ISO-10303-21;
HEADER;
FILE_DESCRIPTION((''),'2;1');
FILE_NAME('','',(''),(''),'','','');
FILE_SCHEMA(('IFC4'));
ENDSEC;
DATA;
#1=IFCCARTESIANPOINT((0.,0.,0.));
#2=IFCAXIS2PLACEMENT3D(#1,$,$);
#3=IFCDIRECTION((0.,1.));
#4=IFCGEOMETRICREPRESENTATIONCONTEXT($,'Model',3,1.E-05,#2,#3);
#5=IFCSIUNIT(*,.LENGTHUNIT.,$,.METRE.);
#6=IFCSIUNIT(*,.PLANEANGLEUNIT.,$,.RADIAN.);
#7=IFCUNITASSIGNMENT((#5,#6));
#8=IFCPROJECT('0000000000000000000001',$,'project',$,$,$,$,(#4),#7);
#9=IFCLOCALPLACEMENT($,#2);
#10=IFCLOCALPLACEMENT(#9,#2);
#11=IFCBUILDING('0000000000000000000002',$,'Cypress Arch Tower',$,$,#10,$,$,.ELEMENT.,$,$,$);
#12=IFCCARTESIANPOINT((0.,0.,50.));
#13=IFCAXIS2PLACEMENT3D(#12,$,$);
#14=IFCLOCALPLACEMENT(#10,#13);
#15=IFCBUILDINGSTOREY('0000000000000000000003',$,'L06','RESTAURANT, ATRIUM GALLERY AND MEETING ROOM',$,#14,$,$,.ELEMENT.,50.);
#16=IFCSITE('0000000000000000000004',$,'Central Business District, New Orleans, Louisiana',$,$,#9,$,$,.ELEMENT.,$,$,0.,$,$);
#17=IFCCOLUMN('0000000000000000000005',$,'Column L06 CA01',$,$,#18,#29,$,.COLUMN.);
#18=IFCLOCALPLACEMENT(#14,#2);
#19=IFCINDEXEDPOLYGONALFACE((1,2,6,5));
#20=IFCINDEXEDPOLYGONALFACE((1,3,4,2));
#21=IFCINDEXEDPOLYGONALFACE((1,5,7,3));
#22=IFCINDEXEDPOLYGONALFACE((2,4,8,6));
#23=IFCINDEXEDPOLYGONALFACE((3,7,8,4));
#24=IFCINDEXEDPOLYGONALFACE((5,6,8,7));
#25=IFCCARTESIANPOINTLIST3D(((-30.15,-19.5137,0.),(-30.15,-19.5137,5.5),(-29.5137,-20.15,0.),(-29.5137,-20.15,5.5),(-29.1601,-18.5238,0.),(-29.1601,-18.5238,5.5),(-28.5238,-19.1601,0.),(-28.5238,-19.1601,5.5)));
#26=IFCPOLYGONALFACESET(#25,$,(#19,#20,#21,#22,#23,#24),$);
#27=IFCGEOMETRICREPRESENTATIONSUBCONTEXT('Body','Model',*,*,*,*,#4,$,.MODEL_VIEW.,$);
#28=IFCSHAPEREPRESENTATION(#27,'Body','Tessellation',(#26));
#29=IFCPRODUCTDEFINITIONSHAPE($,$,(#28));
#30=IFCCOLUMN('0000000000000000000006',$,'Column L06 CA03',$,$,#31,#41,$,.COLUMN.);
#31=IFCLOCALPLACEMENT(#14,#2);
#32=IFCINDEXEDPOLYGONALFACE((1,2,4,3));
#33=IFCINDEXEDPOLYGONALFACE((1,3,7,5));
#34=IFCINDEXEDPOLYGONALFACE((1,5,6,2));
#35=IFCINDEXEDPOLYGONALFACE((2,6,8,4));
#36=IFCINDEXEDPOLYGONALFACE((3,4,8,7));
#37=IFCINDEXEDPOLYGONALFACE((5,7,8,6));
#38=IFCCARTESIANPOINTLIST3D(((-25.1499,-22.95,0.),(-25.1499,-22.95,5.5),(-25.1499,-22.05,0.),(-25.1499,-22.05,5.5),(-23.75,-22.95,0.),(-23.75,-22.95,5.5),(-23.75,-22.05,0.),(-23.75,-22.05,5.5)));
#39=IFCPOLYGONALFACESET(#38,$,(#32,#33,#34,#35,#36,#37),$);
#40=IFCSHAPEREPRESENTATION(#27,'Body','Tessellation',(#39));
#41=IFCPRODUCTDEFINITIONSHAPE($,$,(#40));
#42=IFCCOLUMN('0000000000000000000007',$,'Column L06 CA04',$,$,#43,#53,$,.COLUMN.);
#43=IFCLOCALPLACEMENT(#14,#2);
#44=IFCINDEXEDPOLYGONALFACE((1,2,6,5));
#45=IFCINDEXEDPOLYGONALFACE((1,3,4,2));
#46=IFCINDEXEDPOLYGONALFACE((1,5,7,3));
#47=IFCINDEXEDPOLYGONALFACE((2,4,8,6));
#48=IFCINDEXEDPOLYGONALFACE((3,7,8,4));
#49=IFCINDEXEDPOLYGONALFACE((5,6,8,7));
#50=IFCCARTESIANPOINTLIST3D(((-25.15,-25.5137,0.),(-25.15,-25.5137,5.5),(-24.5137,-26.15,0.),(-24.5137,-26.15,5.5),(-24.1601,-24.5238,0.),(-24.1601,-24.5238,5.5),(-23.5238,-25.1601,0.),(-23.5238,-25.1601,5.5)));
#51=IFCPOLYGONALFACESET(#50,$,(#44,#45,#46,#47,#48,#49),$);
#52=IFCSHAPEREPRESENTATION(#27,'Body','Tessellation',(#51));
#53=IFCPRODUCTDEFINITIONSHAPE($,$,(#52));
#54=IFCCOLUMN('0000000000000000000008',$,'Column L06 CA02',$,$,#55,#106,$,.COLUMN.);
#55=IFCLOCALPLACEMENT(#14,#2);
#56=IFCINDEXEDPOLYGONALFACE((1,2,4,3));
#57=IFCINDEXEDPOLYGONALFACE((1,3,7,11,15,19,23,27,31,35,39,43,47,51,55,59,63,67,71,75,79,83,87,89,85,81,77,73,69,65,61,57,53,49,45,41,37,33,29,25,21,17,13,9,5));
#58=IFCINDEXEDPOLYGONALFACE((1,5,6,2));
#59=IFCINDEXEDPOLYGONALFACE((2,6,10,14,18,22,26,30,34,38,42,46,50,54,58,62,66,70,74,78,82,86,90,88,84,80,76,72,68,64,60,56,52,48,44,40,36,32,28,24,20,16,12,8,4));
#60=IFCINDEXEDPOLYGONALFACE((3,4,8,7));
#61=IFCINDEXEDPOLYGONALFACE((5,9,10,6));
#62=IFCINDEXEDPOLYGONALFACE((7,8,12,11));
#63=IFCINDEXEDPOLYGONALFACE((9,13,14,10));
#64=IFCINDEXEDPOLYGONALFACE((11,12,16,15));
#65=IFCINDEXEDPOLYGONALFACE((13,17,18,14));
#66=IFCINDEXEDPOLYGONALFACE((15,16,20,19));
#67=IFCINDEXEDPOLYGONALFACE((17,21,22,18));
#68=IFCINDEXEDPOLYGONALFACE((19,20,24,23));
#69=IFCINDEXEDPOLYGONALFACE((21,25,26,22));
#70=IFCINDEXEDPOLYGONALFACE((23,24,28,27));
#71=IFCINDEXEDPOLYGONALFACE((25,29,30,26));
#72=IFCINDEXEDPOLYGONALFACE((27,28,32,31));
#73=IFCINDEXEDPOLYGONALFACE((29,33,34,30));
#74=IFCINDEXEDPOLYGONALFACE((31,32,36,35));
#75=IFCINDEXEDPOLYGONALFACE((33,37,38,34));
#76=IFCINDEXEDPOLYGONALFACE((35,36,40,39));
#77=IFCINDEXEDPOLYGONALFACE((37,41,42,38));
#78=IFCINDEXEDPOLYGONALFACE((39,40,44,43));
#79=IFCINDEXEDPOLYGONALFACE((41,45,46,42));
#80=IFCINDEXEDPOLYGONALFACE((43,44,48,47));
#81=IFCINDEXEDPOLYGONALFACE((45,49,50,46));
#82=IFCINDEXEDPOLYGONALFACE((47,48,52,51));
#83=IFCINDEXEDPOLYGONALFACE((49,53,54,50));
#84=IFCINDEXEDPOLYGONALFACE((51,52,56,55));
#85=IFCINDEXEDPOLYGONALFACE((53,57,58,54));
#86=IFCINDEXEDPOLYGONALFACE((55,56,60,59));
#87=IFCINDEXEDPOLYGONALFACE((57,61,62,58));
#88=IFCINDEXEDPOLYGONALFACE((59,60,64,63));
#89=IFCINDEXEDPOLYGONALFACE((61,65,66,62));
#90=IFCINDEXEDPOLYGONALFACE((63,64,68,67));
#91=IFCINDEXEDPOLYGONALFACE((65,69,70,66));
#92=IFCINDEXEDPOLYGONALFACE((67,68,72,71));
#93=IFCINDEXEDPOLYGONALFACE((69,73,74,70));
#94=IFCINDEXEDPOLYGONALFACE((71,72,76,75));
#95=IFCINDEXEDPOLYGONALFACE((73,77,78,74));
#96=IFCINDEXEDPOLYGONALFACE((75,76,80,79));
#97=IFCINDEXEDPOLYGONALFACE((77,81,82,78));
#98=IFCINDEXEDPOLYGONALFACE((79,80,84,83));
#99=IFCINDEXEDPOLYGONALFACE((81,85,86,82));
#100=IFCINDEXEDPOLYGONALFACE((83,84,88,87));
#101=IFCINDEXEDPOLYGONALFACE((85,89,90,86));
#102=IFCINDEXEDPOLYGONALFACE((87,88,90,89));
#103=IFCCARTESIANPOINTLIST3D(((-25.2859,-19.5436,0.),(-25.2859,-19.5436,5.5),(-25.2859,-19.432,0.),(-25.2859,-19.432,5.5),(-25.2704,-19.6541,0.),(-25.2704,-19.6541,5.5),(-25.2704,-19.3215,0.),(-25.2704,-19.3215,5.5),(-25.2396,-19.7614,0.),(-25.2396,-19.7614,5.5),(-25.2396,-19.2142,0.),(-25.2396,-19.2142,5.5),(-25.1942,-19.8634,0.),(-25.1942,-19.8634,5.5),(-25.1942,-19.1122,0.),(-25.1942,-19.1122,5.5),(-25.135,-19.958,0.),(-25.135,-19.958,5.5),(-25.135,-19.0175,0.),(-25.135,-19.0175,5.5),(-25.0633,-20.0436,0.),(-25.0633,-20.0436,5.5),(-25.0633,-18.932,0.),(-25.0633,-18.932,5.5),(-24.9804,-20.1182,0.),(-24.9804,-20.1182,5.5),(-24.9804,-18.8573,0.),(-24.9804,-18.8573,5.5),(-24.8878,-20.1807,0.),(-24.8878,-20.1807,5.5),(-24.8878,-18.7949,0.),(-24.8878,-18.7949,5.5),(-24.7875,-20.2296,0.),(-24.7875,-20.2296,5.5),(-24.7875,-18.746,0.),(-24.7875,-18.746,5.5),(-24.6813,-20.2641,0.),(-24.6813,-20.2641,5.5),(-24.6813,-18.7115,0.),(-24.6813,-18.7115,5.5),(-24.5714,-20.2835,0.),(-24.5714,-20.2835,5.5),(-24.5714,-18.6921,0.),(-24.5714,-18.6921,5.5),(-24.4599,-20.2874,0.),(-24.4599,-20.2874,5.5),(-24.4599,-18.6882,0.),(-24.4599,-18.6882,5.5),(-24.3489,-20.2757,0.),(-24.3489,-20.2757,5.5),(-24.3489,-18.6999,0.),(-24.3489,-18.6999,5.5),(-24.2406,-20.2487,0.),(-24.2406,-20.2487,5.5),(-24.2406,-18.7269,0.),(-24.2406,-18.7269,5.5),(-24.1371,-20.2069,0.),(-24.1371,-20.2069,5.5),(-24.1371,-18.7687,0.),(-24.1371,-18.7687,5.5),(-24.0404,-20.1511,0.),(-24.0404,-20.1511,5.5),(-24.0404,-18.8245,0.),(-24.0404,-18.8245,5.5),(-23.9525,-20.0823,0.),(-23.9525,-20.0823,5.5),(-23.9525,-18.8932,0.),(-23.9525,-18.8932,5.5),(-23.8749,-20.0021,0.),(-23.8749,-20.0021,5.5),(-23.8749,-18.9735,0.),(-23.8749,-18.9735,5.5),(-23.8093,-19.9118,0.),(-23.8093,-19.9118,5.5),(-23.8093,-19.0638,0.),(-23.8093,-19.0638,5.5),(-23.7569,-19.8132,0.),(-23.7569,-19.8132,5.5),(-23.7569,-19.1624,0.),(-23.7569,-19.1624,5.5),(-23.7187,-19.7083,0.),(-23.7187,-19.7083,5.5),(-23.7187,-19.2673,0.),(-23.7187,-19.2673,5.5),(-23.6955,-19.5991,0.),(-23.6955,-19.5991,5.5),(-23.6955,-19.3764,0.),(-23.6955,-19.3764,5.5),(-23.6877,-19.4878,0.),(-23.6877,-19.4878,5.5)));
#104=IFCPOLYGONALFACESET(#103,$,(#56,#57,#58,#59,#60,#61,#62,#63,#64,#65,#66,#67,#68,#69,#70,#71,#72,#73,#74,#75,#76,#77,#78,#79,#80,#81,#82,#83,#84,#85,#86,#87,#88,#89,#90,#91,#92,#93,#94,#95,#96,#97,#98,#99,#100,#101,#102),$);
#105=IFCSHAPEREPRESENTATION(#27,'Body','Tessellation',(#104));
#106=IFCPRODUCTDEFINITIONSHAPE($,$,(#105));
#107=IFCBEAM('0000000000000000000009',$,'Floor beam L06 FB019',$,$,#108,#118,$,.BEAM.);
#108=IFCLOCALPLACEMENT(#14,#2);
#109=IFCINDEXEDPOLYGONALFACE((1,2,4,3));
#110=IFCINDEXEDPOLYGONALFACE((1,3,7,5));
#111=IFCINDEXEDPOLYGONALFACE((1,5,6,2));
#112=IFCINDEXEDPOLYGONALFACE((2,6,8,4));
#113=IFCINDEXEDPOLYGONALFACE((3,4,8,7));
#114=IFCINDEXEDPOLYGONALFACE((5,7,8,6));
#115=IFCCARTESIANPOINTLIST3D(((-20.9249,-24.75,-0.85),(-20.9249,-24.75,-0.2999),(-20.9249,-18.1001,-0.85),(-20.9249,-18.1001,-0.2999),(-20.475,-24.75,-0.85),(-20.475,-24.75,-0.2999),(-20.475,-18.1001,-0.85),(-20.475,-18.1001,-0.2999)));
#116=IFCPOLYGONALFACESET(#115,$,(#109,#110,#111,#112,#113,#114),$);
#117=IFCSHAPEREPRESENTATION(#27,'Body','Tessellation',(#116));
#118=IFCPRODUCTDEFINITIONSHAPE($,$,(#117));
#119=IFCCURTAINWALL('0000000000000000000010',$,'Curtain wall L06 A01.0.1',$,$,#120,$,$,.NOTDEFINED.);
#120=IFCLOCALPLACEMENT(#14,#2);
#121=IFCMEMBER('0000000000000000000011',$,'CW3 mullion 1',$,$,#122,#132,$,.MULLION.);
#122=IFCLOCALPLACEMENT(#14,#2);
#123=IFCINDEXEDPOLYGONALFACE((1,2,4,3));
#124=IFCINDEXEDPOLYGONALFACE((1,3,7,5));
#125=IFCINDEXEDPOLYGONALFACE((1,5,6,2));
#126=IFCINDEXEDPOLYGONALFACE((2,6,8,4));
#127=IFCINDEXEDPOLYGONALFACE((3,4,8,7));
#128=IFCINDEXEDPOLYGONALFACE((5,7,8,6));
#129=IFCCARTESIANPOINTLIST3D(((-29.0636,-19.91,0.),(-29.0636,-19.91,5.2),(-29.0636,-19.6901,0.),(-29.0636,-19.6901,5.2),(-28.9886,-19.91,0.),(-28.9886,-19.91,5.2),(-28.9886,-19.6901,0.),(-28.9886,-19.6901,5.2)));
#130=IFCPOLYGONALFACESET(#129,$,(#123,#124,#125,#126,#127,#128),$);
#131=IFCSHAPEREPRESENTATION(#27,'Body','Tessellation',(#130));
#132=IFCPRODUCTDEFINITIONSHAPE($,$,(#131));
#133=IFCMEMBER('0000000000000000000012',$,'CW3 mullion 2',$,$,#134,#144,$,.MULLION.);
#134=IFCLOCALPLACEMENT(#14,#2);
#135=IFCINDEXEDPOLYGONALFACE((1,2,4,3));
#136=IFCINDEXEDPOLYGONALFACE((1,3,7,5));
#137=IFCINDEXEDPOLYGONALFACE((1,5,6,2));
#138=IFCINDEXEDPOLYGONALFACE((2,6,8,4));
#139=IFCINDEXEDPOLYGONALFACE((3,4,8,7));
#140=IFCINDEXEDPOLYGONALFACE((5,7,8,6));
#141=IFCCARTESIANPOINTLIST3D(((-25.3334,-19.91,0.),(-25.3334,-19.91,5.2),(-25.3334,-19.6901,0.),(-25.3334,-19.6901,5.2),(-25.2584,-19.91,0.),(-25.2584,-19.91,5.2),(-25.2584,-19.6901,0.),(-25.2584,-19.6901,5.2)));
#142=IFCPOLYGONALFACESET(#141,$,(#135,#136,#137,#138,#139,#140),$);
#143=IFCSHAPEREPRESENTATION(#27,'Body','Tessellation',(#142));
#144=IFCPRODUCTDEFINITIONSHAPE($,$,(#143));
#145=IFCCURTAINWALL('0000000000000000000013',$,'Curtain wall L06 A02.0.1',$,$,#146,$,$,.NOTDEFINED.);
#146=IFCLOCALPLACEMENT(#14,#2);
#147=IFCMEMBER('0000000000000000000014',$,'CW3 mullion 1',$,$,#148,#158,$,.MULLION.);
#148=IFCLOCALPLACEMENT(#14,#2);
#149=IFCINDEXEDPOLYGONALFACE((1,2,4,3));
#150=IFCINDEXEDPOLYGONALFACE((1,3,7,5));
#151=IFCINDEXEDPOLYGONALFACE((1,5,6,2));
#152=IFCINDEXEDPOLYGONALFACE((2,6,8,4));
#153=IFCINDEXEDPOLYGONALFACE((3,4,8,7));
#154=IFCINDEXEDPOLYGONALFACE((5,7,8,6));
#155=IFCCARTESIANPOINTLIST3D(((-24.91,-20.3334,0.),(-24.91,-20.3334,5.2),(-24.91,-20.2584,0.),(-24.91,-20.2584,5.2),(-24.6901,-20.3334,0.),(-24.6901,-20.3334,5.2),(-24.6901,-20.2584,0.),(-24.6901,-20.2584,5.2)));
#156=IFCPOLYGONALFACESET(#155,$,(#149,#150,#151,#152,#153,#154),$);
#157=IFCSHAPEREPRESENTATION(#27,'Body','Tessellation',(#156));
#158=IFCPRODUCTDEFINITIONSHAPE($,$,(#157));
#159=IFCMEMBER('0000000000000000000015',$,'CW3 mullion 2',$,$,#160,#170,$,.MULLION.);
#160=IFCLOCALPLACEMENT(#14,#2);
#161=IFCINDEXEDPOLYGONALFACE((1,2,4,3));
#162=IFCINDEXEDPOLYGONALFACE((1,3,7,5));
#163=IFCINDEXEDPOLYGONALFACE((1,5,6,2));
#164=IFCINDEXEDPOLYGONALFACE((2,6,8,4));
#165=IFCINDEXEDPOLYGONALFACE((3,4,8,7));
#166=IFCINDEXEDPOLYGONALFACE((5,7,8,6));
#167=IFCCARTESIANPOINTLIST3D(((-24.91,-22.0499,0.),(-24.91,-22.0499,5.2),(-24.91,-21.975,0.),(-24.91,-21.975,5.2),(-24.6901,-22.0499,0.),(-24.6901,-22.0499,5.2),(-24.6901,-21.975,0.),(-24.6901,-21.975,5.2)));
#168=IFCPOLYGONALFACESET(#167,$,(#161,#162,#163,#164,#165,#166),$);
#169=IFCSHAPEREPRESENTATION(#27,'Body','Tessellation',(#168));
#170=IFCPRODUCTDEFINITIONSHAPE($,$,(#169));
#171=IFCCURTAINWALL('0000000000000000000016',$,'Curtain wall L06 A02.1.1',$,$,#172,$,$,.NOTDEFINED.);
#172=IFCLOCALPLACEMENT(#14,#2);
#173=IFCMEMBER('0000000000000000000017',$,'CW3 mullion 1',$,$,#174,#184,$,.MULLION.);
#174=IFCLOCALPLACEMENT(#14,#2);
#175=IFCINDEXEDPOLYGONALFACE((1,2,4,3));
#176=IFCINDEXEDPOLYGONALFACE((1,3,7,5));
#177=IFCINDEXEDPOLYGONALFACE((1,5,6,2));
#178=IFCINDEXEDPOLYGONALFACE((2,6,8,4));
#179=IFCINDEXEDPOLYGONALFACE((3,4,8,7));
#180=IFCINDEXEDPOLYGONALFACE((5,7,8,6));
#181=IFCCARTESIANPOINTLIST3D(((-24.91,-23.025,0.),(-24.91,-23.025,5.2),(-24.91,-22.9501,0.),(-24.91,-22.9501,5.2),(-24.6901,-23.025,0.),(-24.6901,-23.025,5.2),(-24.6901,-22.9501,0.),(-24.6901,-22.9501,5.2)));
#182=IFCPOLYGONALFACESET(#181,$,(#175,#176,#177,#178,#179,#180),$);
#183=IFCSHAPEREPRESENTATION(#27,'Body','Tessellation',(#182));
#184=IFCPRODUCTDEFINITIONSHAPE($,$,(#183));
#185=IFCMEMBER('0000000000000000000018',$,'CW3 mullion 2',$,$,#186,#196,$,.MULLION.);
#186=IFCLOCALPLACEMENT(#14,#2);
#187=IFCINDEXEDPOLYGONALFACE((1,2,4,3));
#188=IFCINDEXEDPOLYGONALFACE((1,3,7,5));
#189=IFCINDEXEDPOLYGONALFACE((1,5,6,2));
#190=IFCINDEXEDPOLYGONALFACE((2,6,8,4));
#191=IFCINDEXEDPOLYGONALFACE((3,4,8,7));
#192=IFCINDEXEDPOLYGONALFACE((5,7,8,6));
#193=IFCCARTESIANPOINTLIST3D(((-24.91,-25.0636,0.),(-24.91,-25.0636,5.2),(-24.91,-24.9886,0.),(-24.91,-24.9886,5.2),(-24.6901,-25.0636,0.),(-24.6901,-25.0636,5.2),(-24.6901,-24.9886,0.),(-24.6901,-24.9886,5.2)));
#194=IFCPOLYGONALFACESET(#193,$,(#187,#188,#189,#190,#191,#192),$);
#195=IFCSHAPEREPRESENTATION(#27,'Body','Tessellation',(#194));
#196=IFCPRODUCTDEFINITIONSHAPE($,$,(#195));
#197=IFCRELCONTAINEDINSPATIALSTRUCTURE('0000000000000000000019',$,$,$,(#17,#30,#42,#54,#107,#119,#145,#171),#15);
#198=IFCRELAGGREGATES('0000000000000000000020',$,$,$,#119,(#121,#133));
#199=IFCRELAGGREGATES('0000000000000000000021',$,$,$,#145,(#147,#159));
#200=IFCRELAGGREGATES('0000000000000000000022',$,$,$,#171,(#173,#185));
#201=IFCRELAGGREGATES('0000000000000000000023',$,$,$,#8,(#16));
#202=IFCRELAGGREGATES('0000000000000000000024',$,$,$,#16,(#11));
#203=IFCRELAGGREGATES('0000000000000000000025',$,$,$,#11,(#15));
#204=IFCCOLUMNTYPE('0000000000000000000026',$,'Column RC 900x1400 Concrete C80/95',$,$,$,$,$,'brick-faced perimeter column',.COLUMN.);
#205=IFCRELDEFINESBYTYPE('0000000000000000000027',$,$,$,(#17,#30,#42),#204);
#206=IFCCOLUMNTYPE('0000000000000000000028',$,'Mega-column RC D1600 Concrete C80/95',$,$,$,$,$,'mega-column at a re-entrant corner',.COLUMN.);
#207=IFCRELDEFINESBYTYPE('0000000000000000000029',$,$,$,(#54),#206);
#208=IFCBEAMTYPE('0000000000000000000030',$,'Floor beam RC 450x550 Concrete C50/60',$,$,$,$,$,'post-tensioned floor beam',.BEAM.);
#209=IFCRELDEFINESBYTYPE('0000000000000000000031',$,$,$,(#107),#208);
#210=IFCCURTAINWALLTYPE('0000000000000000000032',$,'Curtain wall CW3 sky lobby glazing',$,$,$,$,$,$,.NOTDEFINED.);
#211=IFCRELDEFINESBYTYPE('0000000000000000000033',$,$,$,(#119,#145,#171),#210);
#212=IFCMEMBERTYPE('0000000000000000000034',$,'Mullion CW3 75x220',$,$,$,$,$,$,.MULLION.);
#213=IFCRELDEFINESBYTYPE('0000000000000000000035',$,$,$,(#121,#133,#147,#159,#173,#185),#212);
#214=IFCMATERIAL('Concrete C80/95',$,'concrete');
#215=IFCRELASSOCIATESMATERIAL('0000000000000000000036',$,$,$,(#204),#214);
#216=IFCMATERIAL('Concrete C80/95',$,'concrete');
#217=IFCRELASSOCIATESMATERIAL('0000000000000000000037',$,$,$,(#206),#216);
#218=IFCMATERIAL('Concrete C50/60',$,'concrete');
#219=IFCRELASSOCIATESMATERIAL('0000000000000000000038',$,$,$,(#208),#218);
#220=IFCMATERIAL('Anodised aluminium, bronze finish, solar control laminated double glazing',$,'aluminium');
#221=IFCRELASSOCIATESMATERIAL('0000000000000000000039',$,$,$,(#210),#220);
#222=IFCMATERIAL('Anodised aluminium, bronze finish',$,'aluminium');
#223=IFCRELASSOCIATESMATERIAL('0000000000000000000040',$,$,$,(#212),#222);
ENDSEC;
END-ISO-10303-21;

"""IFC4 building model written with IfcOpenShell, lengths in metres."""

from ifc_helpers import new_model, si_unit, direction, frame, origin, origin_2d, place, context, subcontext, project, spatial, rectangle, circle, extrude, material, material_profile, profile_set, type_object, element, aggregate, save


model = new_model("IFC4")

# Units and contexts
model_context = context("Model", 3, precision=1e-05, world=origin(), true_north=direction((0.0, 1.0)))
body_context = subcontext(model_context, "Body", "Model", "MODEL_VIEW")
ifc_project = project(units=[si_unit("LENGTHUNIT", "METRE"), si_unit("PLANEANGLEUNIT", "RADIAN")], contexts=[model_context])

# Site, building, storey
site_placement = place(None, origin())
site = spatial("IfcSite", under=ifc_project, at=site_placement, Name="Central Business District, New Orleans, Louisiana", CompositionType="ELEMENT", RefElevation=0.0)
building_placement = place(site_placement, origin())
building = spatial("IfcBuilding", under=site, at=building_placement, Name="Cypress Arch Tower", CompositionType="ELEMENT")
storey_placement = place(building_placement, frame((0.0, 0.0, 50.0)))
storey = spatial("IfcBuildingStorey", under=building, at=storey_placement, Name="L06", Description="RESTAURANT, ATRIUM GALLERY AND MEETING ROOM", CompositionType="ELEMENT", Elevation=50.0)

# Columns
ifc_material_1 = material(Name="Concrete C80/95", Category="concrete")
ifc_material_profile_1 = material_profile(ifc_material_1, rectangle(XDim=0.8999, YDim=1.3999, at=origin_2d()), Name="RC 900x1400")
ifc_profile_set_1 = profile_set([ifc_material_profile_1], Name="Concrete C80/95")
column_type_1 = type_object("IfcColumnType", Name="Column RC 900x1400 Concrete C80/95", ElementType="brick-faced perimeter column", PredefinedType="COLUMN", material=ifc_profile_set_1)
for number, where, z_axis, x_axis, name in (
    (1, (-29.3369, -19.3369, 0.0), (0.0, 0.0, 1.0), (0.707107, -0.707107, 0.0), "Column L06 CA01"),
    (2, (-24.45, -22.5, 0.0), (0.0, 0.0, 1.0), (0.0, -1.0, 0.0), "Column L06 CA03"),
    (3, (-24.3369, -25.3369, 0.0), (0.0, 0.0, 1.0), (0.707107, -0.707107, 0.0), "Column L06 CA04"),
):
    element("IfcColumn", number, at=place(storey_placement, frame(where, z_axis=z_axis, x_axis=x_axis)), inside=storey, type_object=column_type_1, Name=name, PredefinedType="COLUMN", context=body_context, shape_type="SweptSolid", body=[
        extrude(rectangle(XDim=0.8999, YDim=1.3999, at=origin_2d()), origin(), (0.0, 0.0, 1.0), 5.5),
    ])
ifc_material_2 = material(Name="Concrete C80/95", Category="concrete")
ifc_material_profile_2 = material_profile(ifc_material_2, circle(Radius=0.8, at=origin_2d()), Name="RC D1600")
ifc_profile_set_2 = profile_set([ifc_material_profile_2], Name="Concrete C80/95")
column_type_2 = type_object("IfcColumnType", Name="Mega-column RC D1600 Concrete C80/95", ElementType="mega-column at a re-entrant corner", PredefinedType="COLUMN", material=ifc_profile_set_2)
column_placement = place(storey_placement, frame((-24.4878, -19.4878, 0.0), z_axis=(0.0, 0.0, 1.0), x_axis=(1.0, 0.0, 0.0)))
element("IfcColumn", 4, at=column_placement, inside=storey, type_object=column_type_2, Name="Column L06 CA02", PredefinedType="COLUMN", context=body_context, shape_type="SweptSolid", body=[
    extrude(circle(Radius=0.8, at=origin_2d()), origin(), (0.0, 0.0, 1.0), 5.5),
])

# Beam
ifc_material_3 = material(Name="Concrete C50/60", Category="concrete")
ifc_material_profile_3 = material_profile(ifc_material_3, rectangle(XDim=0.45, YDim=0.55, at=origin_2d()), Name="RC 450x550")
ifc_profile_set_3 = profile_set([ifc_material_profile_3], Name="Concrete C50/60")
beam_type_1 = type_object("IfcBeamType", Name="Floor beam RC 450x550 Concrete C50/60", ElementType="post-tensioned floor beam", PredefinedType="BEAM", material=ifc_profile_set_3)
beam_1_placement = place(storey_placement, frame((-20.7, -24.75, -0.575), z_axis=(0.0, 1.0, 0.0), x_axis=(-1.0, 0.0, 0.0)))
element("IfcBeam", 5, at=beam_1_placement, inside=storey, type_object=beam_type_1, Name="Floor beam L06 FB019", PredefinedType="BEAM", context=body_context, shape_type="SweptSolid", body=[
    extrude(rectangle(XDim=0.45, YDim=0.55, at=origin_2d()), origin(), (0.0, 0.0, 1.0), 6.6499),
])

# Curtain walls, members
ifc_material_4 = material(Name="Anodised aluminium, bronze finish, solar control laminated double glazing", Category="aluminium")
curtain_wall_type = type_object("IfcCurtainWallType", Name="Curtain wall CW3 sky lobby glazing", PredefinedType="NOTDEFINED", material=ifc_material_4)
curtain_wall_1_placement = place(storey_placement, origin())
curtain_wall_1 = element("IfcCurtainWall", 6, at=curtain_wall_1_placement, inside=storey, type_object=curtain_wall_type, Name="Curtain wall L06 A01.0.1", PredefinedType="NOTDEFINED")
ifc_material_5 = material(Name="Anodised aluminium, bronze finish", Category="aluminium")
ifc_material_profile_4 = material_profile(ifc_material_5, rectangle(XDim=0.22, YDim=0.075, at=origin_2d()), Name="Mullion 75x220")
ifc_profile_set_4 = profile_set([ifc_material_profile_4], Name="Anodised aluminium, bronze finish")
member_type_1 = type_object("IfcMemberType", Name="Mullion CW3 75x220", PredefinedType="MULLION", material=ifc_profile_set_4)
member_1_placement = place(storey_placement, frame((-29.0261, -19.8, 0.0), z_axis=(0.0, 0.0, 1.0), x_axis=(0.0, 1.0, 0.0)))
member_1 = element("IfcMember", 7, at=member_1_placement, type_object=member_type_1, Name="CW3 mullion 1", PredefinedType="MULLION", context=body_context, shape_type="SweptSolid", body=[
    extrude(rectangle(XDim=0.22, YDim=0.075, at=origin_2d()), origin(), (0.0, 0.0, 1.0), 5.2),
])
member_2_placement = place(storey_placement, frame((-25.2959, -19.8, 0.0), z_axis=(0.0, 0.0, 1.0), x_axis=(0.0, 1.0, 0.0)))
member_2 = element("IfcMember", 8, at=member_2_placement, type_object=member_type_1, Name="CW3 mullion 2", PredefinedType="MULLION", context=body_context, shape_type="SweptSolid", body=[
    extrude(rectangle(XDim=0.22, YDim=0.075, at=origin_2d()), origin(), (0.0, 0.0, 1.0), 5.2),
])
aggregate(curtain_wall_1, [member_1, member_2])
curtain_wall_2_placement = place(storey_placement, origin())
curtain_wall_2 = element("IfcCurtainWall", 9, at=curtain_wall_2_placement, inside=storey, type_object=curtain_wall_type, Name="Curtain wall L06 A02.0.1", PredefinedType="NOTDEFINED")
member_3_placement = place(storey_placement, frame((-24.8, -20.2959, 0.0), z_axis=(0.0, 0.0, 1.0), x_axis=(1.0, 0.0, 0.0)))
member_3 = element("IfcMember", 10, at=member_3_placement, type_object=member_type_1, Name="CW3 mullion 1", PredefinedType="MULLION", context=body_context, shape_type="SweptSolid", body=[
    extrude(rectangle(XDim=0.22, YDim=0.075, at=origin_2d()), origin(), (0.0, 0.0, 1.0), 5.2),
])
member_4_placement = place(storey_placement, frame((-24.8, -22.0125, 0.0), z_axis=(0.0, 0.0, 1.0), x_axis=(1.0, 0.0, 0.0)))
member_4 = element("IfcMember", 11, at=member_4_placement, type_object=member_type_1, Name="CW3 mullion 2", PredefinedType="MULLION", context=body_context, shape_type="SweptSolid", body=[
    extrude(rectangle(XDim=0.22, YDim=0.075, at=origin_2d()), origin(), (0.0, 0.0, 1.0), 5.2),
])
aggregate(curtain_wall_2, [member_3, member_4])
curtain_wall_3_placement = place(storey_placement, origin())
curtain_wall_3 = element("IfcCurtainWall", 12, at=curtain_wall_3_placement, inside=storey, type_object=curtain_wall_type, Name="Curtain wall L06 A02.1.1", PredefinedType="NOTDEFINED")
member_5_placement = place(storey_placement, frame((-24.8, -22.9875, 0.0), z_axis=(0.0, 0.0, 1.0), x_axis=(1.0, 0.0, 0.0)))
member_5 = element("IfcMember", 13, at=member_5_placement, type_object=member_type_1, Name="CW3 mullion 1", PredefinedType="MULLION", context=body_context, shape_type="SweptSolid", body=[
    extrude(rectangle(XDim=0.22, YDim=0.075, at=origin_2d()), origin(), (0.0, 0.0, 1.0), 5.2),
])
member_6_placement = place(storey_placement, frame((-24.8, -25.0261, 0.0), z_axis=(0.0, 0.0, 1.0), x_axis=(1.0, 0.0, 0.0)))
member_6 = element("IfcMember", 14, at=member_6_placement, type_object=member_type_1, Name="CW3 mullion 2", PredefinedType="MULLION", context=body_context, shape_type="SweptSolid", body=[
    extrude(rectangle(XDim=0.22, YDim=0.075, at=origin_2d()), origin(), (0.0, 0.0, 1.0), 5.2),
])
aggregate(curtain_wall_3, [member_5, member_6])

save(model, "model.ifc")
